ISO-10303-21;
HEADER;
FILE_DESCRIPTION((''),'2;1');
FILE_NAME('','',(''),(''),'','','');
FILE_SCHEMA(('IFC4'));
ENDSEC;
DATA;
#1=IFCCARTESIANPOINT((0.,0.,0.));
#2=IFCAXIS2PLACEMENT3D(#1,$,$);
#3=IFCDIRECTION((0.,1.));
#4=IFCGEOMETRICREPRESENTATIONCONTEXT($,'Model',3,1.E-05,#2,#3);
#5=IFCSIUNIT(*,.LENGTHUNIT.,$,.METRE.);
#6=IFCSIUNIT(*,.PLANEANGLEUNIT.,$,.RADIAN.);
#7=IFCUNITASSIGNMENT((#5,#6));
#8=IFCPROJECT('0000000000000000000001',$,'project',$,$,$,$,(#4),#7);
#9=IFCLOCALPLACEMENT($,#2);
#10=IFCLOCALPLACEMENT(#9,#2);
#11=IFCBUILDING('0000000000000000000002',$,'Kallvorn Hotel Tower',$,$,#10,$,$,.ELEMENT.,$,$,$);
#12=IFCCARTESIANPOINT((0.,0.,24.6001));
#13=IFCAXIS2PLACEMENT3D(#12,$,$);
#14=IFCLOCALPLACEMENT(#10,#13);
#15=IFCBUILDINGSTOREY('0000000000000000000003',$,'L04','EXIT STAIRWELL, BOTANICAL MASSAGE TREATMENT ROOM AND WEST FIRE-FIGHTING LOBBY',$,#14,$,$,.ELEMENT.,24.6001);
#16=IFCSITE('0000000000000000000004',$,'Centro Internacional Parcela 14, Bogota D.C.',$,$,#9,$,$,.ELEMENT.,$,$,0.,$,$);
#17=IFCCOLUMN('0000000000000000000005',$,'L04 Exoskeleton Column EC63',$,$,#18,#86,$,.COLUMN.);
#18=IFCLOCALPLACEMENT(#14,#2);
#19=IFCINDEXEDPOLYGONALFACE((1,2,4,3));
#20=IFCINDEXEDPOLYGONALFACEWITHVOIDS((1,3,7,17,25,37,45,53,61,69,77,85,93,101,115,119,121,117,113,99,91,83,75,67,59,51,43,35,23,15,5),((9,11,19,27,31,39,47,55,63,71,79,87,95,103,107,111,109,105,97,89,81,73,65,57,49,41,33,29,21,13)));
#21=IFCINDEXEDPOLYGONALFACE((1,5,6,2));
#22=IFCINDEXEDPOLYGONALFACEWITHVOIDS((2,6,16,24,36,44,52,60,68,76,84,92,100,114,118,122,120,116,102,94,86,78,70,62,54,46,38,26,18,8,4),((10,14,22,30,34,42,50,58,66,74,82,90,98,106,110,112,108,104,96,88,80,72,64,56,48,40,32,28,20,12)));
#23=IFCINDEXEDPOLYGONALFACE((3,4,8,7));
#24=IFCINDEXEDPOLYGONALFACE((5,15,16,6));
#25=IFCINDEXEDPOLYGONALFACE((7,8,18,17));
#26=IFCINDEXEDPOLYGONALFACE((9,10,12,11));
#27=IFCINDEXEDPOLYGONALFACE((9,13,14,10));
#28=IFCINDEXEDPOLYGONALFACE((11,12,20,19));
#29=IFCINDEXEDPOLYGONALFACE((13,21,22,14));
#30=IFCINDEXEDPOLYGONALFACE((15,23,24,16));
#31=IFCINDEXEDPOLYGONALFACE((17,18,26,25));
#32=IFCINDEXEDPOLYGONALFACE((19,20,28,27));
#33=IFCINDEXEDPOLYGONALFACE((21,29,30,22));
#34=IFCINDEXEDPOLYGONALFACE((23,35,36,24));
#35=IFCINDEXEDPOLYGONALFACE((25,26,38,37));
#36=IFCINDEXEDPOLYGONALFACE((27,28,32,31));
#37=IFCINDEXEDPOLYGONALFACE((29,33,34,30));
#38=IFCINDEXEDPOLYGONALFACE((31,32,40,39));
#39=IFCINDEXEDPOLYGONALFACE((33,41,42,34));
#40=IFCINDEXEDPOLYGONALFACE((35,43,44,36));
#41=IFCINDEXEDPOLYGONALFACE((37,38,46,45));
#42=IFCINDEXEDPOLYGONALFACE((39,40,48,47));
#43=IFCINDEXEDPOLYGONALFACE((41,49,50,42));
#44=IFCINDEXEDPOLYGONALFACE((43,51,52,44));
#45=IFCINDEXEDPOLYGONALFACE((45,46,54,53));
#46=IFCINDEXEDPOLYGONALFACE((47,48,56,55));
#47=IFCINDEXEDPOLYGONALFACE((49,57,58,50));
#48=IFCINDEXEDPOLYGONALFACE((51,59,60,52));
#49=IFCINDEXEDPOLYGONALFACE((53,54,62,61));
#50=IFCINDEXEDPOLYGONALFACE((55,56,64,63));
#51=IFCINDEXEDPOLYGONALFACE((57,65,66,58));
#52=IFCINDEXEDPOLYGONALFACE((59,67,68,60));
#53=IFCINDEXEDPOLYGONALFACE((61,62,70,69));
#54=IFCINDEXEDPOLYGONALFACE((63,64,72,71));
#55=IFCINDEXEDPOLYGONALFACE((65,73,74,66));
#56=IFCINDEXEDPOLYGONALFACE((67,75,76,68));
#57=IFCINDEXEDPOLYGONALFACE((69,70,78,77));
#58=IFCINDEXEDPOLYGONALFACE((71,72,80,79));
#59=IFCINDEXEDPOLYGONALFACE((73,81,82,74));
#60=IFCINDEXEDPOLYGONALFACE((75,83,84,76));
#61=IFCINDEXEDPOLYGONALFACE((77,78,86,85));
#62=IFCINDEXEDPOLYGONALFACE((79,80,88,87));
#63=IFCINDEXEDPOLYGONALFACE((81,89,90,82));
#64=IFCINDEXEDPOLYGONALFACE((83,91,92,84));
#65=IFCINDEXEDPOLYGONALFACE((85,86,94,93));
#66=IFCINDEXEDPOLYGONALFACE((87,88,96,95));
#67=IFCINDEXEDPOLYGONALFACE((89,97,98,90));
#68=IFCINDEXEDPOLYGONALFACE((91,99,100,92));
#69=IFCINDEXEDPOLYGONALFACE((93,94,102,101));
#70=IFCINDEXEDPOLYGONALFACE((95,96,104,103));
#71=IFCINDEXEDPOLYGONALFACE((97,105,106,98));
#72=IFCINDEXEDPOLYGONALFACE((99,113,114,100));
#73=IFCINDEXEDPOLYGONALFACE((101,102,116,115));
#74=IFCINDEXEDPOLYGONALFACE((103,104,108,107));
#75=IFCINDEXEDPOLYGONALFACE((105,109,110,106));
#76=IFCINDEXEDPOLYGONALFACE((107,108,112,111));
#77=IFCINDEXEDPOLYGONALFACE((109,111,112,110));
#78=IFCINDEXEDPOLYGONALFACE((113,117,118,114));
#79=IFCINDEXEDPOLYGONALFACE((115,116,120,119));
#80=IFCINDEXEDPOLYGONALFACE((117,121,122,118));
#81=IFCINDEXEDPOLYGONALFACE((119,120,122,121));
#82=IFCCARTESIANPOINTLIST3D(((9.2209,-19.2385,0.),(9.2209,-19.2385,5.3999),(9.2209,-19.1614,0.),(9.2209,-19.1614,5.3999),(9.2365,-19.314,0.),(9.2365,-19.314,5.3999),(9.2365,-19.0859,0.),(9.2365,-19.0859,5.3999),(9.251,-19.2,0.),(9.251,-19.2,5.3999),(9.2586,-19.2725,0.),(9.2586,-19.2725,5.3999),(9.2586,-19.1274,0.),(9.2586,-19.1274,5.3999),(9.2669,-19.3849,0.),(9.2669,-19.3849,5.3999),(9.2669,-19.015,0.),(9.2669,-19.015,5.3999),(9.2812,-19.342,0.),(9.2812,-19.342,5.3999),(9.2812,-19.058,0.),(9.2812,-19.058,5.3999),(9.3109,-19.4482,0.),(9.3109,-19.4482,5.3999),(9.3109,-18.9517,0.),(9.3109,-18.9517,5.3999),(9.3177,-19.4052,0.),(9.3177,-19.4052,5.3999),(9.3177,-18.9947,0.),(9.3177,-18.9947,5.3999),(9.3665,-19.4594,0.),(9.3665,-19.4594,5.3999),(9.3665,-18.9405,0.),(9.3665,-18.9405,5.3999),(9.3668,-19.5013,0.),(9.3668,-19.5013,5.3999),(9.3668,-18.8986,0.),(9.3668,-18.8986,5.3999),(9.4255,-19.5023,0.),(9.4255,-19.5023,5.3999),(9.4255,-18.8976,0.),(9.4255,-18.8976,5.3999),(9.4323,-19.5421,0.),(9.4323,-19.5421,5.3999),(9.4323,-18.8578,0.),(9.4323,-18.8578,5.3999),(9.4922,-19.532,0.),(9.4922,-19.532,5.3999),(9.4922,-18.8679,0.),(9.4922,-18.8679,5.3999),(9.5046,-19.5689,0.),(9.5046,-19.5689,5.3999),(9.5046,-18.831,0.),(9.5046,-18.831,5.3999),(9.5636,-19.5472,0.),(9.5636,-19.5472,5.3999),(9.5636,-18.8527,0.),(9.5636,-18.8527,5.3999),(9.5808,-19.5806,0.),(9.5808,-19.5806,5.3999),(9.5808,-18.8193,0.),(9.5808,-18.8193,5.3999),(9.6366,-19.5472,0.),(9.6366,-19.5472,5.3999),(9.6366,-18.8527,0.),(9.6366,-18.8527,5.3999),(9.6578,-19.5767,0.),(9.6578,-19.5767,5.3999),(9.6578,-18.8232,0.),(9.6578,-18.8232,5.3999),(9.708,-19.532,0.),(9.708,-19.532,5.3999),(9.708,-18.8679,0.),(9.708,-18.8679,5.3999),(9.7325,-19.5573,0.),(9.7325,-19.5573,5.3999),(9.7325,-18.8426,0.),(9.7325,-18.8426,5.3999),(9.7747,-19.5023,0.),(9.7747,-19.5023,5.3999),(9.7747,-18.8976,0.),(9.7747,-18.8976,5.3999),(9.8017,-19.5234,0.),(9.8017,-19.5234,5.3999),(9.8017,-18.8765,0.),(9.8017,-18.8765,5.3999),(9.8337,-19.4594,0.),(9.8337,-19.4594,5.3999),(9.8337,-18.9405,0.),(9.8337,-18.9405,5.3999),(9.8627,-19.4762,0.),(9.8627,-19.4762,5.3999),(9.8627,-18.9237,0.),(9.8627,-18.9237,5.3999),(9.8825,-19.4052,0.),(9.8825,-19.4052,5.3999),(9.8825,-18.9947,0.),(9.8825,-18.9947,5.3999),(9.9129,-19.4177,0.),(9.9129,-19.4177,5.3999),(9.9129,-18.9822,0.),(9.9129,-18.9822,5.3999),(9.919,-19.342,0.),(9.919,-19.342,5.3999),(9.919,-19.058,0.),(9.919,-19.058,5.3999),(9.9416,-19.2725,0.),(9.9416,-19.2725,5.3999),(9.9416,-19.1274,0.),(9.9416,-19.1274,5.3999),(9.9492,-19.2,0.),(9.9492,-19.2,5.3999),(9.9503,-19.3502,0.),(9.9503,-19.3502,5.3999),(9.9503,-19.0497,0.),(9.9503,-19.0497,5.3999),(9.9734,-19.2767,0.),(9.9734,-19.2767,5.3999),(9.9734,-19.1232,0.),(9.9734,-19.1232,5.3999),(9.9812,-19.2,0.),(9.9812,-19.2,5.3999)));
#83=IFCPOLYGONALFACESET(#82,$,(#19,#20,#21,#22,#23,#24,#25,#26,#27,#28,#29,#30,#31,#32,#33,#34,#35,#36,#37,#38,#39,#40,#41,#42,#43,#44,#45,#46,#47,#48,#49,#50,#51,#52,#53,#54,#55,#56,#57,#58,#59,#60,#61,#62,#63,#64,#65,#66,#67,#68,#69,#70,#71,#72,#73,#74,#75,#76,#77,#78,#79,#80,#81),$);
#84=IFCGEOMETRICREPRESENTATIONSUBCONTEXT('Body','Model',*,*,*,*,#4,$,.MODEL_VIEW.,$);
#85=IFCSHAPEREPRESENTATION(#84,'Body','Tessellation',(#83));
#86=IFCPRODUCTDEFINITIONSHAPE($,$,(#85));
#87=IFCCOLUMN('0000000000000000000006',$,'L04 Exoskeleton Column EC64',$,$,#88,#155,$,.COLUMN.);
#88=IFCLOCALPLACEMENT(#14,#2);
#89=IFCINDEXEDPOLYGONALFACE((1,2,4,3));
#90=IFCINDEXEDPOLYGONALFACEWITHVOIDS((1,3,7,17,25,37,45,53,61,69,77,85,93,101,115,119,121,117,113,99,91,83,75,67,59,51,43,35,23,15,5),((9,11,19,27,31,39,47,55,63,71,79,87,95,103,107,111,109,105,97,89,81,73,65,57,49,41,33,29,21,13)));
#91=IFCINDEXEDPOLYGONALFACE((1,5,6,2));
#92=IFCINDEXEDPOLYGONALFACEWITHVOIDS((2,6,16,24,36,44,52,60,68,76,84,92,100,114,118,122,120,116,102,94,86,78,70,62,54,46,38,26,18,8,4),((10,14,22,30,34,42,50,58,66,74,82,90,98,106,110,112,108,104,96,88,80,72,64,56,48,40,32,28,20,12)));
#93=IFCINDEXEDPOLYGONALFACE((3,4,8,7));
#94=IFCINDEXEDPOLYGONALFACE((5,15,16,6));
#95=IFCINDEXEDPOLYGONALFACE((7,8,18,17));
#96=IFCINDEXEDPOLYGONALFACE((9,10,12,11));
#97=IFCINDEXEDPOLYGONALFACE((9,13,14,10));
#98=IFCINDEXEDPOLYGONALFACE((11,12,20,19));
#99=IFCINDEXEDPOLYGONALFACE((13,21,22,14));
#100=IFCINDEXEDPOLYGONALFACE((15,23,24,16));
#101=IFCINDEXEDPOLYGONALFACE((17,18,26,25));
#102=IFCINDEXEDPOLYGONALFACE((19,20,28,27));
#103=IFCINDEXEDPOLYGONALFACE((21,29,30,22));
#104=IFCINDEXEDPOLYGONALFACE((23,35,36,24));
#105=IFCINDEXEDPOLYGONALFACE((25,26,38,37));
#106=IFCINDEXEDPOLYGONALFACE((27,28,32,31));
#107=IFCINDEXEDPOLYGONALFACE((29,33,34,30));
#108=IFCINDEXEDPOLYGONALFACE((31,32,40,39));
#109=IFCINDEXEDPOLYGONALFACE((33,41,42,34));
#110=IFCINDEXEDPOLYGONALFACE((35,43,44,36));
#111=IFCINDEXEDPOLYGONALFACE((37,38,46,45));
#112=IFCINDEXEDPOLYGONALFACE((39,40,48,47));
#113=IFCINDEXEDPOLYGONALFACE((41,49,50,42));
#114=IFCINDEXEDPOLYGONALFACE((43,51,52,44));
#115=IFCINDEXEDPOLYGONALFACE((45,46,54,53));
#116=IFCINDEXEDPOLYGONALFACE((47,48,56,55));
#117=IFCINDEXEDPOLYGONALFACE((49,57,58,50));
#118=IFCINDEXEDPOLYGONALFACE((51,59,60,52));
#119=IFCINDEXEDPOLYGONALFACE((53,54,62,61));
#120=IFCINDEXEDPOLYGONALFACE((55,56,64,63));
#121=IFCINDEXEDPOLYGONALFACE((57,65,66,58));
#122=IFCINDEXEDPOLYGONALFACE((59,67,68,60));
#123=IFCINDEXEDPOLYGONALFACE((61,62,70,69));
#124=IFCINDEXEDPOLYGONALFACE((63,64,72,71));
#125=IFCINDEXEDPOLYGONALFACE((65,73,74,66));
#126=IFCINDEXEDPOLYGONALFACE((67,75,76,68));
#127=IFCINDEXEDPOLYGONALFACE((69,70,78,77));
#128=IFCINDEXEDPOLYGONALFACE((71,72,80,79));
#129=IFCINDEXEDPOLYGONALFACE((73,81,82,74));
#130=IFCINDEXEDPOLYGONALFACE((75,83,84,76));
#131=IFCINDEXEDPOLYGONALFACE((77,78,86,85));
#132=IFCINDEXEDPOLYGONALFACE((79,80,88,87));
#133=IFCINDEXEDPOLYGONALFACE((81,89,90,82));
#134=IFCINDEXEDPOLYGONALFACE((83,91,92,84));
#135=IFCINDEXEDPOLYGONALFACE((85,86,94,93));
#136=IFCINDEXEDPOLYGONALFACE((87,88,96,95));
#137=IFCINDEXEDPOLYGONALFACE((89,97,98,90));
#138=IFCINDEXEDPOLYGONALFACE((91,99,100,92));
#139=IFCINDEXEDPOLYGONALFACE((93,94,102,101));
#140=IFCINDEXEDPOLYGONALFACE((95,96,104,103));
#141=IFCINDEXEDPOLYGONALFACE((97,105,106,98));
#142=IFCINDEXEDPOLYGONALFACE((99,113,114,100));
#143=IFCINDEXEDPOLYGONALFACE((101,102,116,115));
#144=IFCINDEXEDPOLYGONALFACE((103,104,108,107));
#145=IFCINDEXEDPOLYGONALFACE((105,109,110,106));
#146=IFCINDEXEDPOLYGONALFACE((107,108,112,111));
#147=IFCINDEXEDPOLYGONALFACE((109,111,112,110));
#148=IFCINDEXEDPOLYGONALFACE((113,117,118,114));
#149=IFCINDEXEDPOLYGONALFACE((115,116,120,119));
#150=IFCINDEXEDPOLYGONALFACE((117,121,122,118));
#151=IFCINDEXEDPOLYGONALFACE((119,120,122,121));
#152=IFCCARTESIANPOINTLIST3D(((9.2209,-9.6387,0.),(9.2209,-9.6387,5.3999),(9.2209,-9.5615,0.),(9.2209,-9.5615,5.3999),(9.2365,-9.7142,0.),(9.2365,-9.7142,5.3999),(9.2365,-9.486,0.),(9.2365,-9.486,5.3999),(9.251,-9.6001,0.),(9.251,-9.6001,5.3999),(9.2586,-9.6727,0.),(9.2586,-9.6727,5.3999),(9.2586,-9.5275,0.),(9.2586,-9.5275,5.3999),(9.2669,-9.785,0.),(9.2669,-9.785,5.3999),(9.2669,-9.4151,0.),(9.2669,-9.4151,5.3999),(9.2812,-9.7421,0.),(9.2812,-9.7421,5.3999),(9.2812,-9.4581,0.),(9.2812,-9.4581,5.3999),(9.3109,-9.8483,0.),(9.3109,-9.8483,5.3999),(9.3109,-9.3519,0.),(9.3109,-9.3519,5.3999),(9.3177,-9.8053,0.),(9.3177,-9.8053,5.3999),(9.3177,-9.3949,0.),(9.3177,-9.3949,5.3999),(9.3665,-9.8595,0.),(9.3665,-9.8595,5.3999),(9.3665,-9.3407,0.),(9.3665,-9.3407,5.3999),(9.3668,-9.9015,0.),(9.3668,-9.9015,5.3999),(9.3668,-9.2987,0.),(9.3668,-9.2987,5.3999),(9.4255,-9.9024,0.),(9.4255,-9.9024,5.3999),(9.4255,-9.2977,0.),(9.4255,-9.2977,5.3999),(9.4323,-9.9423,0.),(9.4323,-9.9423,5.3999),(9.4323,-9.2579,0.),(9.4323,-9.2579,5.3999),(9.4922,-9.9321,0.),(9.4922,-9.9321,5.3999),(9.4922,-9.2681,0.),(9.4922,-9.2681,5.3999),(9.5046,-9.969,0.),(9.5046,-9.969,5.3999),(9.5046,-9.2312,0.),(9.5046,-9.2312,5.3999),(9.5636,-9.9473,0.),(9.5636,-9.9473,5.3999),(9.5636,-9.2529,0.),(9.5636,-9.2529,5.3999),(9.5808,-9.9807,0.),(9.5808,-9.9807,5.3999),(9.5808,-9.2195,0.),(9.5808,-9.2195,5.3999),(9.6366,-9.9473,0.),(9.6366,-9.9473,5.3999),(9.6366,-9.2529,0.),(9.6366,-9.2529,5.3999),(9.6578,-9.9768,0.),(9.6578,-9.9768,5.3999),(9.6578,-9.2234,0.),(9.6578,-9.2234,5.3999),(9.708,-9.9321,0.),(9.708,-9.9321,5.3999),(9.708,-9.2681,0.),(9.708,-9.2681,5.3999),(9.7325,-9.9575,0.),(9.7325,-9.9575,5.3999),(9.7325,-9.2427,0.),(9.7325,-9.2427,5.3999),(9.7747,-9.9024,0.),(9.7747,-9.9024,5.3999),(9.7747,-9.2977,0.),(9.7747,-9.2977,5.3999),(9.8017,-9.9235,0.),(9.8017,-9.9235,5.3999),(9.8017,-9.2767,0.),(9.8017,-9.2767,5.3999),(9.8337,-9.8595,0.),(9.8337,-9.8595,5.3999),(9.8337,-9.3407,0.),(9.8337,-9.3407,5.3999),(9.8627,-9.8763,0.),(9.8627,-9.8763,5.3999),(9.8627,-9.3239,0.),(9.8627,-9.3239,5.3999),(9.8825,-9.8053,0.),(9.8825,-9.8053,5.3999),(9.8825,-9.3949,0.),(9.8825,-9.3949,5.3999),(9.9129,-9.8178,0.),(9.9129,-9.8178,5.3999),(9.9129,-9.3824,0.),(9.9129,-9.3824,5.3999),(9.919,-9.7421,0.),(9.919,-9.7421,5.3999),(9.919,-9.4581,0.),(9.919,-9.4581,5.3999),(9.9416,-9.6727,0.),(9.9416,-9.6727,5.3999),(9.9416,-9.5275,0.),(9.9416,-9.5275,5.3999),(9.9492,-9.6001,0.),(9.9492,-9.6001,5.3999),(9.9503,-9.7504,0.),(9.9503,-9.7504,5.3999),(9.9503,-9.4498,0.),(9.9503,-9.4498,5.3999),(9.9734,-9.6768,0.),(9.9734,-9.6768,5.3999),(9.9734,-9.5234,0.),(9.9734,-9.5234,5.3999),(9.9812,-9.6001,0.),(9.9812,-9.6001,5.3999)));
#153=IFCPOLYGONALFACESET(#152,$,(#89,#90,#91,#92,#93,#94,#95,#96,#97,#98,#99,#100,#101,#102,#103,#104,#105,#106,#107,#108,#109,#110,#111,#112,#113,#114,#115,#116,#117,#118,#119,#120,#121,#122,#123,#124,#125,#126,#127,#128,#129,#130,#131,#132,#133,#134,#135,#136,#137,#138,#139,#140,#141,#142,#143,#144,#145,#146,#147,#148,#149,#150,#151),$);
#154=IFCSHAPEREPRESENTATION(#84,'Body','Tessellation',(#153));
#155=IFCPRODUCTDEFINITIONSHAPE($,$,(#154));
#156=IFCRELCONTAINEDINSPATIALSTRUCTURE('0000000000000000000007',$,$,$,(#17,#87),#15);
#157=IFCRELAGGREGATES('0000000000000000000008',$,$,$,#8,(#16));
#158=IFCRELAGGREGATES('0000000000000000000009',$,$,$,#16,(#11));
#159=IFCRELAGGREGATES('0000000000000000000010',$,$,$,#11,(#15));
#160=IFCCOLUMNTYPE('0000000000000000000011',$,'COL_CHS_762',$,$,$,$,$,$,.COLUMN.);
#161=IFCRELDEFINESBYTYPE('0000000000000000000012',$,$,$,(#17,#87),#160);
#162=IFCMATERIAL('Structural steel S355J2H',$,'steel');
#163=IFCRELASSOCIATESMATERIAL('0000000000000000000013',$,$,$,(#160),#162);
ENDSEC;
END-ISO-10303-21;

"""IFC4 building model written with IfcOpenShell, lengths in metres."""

from ifc_helpers import new_model, si_unit, direction, frame, origin, origin_2d, place, context, subcontext, project, spatial, hollow_circle, extrude, material, material_profile, profile_set, type_object, element, save


model = new_model("IFC4")

# Units and contexts
model_context = context("Model", 3, precision=1e-05, world=origin(), true_north=direction((0.0, 1.0)))
body_context = subcontext(model_context, "Body", "Model", "MODEL_VIEW")
ifc_project = project(units=[si_unit("LENGTHUNIT", "METRE"), si_unit("PLANEANGLEUNIT", "RADIAN")], contexts=[model_context])

# Site, building, storey
site_placement = place(None, origin())
site = spatial("IfcSite", under=ifc_project, at=site_placement, Name="Centro Internacional Parcela 14, Bogota D.C.", CompositionType="ELEMENT", RefElevation=0.0)
building_placement = place(site_placement, origin())
building = spatial("IfcBuilding", under=site, at=building_placement, Name="Kallvorn Hotel Tower", CompositionType="ELEMENT")
storey_placement = place(building_placement, frame((0.0, 0.0, 24.6001)))
storey = spatial("IfcBuildingStorey", under=building, at=storey_placement, Name="L04", Description="EXIT STAIRWELL, BOTANICAL MASSAGE TREATMENT ROOM AND WEST FIRE-FIGHTING LOBBY", CompositionType="ELEMENT", Elevation=24.6001)

# Columns
ifc_material_1 = material(Name="Structural steel S355J2H", Category="steel")
ifc_material_profile_1 = material_profile(ifc_material_1, hollow_circle(Radius=0.3811, WallThickness=0.032, at=origin_2d()), Name="CHS 762x32")
ifc_profile_set_1 = profile_set([ifc_material_profile_1], Name="Structural steel S355J2H")
column_type_1 = type_object("IfcColumnType", Name="COL_CHS_762", PredefinedType="COLUMN", material=ifc_profile_set_1)
for number, where, z_axis, x_axis, name in (
    (1, (9.6001, -19.2, 0.0), (0.0, 0.0, 1.0), (1.0, 0.0, 0.0), "L04 Exoskeleton Column EC63"),
    (2, (9.6001, -9.6001, 0.0), (0.0, 0.0, 1.0), (1.0, 0.0, 0.0), "L04 Exoskeleton Column EC64"),
):
    element("IfcColumn", number, at=place(storey_placement, frame(where, z_axis=z_axis, x_axis=x_axis)), inside=storey, type_object=column_type_1, Name=name, PredefinedType="COLUMN", context=body_context, shape_type="SweptSolid", body=[
        extrude(hollow_circle(Radius=0.3811, WallThickness=0.032, at=origin_2d()), origin(), (0.0, 0.0, 1.0), 5.3999),
    ])

save(model, "model.ifc")
